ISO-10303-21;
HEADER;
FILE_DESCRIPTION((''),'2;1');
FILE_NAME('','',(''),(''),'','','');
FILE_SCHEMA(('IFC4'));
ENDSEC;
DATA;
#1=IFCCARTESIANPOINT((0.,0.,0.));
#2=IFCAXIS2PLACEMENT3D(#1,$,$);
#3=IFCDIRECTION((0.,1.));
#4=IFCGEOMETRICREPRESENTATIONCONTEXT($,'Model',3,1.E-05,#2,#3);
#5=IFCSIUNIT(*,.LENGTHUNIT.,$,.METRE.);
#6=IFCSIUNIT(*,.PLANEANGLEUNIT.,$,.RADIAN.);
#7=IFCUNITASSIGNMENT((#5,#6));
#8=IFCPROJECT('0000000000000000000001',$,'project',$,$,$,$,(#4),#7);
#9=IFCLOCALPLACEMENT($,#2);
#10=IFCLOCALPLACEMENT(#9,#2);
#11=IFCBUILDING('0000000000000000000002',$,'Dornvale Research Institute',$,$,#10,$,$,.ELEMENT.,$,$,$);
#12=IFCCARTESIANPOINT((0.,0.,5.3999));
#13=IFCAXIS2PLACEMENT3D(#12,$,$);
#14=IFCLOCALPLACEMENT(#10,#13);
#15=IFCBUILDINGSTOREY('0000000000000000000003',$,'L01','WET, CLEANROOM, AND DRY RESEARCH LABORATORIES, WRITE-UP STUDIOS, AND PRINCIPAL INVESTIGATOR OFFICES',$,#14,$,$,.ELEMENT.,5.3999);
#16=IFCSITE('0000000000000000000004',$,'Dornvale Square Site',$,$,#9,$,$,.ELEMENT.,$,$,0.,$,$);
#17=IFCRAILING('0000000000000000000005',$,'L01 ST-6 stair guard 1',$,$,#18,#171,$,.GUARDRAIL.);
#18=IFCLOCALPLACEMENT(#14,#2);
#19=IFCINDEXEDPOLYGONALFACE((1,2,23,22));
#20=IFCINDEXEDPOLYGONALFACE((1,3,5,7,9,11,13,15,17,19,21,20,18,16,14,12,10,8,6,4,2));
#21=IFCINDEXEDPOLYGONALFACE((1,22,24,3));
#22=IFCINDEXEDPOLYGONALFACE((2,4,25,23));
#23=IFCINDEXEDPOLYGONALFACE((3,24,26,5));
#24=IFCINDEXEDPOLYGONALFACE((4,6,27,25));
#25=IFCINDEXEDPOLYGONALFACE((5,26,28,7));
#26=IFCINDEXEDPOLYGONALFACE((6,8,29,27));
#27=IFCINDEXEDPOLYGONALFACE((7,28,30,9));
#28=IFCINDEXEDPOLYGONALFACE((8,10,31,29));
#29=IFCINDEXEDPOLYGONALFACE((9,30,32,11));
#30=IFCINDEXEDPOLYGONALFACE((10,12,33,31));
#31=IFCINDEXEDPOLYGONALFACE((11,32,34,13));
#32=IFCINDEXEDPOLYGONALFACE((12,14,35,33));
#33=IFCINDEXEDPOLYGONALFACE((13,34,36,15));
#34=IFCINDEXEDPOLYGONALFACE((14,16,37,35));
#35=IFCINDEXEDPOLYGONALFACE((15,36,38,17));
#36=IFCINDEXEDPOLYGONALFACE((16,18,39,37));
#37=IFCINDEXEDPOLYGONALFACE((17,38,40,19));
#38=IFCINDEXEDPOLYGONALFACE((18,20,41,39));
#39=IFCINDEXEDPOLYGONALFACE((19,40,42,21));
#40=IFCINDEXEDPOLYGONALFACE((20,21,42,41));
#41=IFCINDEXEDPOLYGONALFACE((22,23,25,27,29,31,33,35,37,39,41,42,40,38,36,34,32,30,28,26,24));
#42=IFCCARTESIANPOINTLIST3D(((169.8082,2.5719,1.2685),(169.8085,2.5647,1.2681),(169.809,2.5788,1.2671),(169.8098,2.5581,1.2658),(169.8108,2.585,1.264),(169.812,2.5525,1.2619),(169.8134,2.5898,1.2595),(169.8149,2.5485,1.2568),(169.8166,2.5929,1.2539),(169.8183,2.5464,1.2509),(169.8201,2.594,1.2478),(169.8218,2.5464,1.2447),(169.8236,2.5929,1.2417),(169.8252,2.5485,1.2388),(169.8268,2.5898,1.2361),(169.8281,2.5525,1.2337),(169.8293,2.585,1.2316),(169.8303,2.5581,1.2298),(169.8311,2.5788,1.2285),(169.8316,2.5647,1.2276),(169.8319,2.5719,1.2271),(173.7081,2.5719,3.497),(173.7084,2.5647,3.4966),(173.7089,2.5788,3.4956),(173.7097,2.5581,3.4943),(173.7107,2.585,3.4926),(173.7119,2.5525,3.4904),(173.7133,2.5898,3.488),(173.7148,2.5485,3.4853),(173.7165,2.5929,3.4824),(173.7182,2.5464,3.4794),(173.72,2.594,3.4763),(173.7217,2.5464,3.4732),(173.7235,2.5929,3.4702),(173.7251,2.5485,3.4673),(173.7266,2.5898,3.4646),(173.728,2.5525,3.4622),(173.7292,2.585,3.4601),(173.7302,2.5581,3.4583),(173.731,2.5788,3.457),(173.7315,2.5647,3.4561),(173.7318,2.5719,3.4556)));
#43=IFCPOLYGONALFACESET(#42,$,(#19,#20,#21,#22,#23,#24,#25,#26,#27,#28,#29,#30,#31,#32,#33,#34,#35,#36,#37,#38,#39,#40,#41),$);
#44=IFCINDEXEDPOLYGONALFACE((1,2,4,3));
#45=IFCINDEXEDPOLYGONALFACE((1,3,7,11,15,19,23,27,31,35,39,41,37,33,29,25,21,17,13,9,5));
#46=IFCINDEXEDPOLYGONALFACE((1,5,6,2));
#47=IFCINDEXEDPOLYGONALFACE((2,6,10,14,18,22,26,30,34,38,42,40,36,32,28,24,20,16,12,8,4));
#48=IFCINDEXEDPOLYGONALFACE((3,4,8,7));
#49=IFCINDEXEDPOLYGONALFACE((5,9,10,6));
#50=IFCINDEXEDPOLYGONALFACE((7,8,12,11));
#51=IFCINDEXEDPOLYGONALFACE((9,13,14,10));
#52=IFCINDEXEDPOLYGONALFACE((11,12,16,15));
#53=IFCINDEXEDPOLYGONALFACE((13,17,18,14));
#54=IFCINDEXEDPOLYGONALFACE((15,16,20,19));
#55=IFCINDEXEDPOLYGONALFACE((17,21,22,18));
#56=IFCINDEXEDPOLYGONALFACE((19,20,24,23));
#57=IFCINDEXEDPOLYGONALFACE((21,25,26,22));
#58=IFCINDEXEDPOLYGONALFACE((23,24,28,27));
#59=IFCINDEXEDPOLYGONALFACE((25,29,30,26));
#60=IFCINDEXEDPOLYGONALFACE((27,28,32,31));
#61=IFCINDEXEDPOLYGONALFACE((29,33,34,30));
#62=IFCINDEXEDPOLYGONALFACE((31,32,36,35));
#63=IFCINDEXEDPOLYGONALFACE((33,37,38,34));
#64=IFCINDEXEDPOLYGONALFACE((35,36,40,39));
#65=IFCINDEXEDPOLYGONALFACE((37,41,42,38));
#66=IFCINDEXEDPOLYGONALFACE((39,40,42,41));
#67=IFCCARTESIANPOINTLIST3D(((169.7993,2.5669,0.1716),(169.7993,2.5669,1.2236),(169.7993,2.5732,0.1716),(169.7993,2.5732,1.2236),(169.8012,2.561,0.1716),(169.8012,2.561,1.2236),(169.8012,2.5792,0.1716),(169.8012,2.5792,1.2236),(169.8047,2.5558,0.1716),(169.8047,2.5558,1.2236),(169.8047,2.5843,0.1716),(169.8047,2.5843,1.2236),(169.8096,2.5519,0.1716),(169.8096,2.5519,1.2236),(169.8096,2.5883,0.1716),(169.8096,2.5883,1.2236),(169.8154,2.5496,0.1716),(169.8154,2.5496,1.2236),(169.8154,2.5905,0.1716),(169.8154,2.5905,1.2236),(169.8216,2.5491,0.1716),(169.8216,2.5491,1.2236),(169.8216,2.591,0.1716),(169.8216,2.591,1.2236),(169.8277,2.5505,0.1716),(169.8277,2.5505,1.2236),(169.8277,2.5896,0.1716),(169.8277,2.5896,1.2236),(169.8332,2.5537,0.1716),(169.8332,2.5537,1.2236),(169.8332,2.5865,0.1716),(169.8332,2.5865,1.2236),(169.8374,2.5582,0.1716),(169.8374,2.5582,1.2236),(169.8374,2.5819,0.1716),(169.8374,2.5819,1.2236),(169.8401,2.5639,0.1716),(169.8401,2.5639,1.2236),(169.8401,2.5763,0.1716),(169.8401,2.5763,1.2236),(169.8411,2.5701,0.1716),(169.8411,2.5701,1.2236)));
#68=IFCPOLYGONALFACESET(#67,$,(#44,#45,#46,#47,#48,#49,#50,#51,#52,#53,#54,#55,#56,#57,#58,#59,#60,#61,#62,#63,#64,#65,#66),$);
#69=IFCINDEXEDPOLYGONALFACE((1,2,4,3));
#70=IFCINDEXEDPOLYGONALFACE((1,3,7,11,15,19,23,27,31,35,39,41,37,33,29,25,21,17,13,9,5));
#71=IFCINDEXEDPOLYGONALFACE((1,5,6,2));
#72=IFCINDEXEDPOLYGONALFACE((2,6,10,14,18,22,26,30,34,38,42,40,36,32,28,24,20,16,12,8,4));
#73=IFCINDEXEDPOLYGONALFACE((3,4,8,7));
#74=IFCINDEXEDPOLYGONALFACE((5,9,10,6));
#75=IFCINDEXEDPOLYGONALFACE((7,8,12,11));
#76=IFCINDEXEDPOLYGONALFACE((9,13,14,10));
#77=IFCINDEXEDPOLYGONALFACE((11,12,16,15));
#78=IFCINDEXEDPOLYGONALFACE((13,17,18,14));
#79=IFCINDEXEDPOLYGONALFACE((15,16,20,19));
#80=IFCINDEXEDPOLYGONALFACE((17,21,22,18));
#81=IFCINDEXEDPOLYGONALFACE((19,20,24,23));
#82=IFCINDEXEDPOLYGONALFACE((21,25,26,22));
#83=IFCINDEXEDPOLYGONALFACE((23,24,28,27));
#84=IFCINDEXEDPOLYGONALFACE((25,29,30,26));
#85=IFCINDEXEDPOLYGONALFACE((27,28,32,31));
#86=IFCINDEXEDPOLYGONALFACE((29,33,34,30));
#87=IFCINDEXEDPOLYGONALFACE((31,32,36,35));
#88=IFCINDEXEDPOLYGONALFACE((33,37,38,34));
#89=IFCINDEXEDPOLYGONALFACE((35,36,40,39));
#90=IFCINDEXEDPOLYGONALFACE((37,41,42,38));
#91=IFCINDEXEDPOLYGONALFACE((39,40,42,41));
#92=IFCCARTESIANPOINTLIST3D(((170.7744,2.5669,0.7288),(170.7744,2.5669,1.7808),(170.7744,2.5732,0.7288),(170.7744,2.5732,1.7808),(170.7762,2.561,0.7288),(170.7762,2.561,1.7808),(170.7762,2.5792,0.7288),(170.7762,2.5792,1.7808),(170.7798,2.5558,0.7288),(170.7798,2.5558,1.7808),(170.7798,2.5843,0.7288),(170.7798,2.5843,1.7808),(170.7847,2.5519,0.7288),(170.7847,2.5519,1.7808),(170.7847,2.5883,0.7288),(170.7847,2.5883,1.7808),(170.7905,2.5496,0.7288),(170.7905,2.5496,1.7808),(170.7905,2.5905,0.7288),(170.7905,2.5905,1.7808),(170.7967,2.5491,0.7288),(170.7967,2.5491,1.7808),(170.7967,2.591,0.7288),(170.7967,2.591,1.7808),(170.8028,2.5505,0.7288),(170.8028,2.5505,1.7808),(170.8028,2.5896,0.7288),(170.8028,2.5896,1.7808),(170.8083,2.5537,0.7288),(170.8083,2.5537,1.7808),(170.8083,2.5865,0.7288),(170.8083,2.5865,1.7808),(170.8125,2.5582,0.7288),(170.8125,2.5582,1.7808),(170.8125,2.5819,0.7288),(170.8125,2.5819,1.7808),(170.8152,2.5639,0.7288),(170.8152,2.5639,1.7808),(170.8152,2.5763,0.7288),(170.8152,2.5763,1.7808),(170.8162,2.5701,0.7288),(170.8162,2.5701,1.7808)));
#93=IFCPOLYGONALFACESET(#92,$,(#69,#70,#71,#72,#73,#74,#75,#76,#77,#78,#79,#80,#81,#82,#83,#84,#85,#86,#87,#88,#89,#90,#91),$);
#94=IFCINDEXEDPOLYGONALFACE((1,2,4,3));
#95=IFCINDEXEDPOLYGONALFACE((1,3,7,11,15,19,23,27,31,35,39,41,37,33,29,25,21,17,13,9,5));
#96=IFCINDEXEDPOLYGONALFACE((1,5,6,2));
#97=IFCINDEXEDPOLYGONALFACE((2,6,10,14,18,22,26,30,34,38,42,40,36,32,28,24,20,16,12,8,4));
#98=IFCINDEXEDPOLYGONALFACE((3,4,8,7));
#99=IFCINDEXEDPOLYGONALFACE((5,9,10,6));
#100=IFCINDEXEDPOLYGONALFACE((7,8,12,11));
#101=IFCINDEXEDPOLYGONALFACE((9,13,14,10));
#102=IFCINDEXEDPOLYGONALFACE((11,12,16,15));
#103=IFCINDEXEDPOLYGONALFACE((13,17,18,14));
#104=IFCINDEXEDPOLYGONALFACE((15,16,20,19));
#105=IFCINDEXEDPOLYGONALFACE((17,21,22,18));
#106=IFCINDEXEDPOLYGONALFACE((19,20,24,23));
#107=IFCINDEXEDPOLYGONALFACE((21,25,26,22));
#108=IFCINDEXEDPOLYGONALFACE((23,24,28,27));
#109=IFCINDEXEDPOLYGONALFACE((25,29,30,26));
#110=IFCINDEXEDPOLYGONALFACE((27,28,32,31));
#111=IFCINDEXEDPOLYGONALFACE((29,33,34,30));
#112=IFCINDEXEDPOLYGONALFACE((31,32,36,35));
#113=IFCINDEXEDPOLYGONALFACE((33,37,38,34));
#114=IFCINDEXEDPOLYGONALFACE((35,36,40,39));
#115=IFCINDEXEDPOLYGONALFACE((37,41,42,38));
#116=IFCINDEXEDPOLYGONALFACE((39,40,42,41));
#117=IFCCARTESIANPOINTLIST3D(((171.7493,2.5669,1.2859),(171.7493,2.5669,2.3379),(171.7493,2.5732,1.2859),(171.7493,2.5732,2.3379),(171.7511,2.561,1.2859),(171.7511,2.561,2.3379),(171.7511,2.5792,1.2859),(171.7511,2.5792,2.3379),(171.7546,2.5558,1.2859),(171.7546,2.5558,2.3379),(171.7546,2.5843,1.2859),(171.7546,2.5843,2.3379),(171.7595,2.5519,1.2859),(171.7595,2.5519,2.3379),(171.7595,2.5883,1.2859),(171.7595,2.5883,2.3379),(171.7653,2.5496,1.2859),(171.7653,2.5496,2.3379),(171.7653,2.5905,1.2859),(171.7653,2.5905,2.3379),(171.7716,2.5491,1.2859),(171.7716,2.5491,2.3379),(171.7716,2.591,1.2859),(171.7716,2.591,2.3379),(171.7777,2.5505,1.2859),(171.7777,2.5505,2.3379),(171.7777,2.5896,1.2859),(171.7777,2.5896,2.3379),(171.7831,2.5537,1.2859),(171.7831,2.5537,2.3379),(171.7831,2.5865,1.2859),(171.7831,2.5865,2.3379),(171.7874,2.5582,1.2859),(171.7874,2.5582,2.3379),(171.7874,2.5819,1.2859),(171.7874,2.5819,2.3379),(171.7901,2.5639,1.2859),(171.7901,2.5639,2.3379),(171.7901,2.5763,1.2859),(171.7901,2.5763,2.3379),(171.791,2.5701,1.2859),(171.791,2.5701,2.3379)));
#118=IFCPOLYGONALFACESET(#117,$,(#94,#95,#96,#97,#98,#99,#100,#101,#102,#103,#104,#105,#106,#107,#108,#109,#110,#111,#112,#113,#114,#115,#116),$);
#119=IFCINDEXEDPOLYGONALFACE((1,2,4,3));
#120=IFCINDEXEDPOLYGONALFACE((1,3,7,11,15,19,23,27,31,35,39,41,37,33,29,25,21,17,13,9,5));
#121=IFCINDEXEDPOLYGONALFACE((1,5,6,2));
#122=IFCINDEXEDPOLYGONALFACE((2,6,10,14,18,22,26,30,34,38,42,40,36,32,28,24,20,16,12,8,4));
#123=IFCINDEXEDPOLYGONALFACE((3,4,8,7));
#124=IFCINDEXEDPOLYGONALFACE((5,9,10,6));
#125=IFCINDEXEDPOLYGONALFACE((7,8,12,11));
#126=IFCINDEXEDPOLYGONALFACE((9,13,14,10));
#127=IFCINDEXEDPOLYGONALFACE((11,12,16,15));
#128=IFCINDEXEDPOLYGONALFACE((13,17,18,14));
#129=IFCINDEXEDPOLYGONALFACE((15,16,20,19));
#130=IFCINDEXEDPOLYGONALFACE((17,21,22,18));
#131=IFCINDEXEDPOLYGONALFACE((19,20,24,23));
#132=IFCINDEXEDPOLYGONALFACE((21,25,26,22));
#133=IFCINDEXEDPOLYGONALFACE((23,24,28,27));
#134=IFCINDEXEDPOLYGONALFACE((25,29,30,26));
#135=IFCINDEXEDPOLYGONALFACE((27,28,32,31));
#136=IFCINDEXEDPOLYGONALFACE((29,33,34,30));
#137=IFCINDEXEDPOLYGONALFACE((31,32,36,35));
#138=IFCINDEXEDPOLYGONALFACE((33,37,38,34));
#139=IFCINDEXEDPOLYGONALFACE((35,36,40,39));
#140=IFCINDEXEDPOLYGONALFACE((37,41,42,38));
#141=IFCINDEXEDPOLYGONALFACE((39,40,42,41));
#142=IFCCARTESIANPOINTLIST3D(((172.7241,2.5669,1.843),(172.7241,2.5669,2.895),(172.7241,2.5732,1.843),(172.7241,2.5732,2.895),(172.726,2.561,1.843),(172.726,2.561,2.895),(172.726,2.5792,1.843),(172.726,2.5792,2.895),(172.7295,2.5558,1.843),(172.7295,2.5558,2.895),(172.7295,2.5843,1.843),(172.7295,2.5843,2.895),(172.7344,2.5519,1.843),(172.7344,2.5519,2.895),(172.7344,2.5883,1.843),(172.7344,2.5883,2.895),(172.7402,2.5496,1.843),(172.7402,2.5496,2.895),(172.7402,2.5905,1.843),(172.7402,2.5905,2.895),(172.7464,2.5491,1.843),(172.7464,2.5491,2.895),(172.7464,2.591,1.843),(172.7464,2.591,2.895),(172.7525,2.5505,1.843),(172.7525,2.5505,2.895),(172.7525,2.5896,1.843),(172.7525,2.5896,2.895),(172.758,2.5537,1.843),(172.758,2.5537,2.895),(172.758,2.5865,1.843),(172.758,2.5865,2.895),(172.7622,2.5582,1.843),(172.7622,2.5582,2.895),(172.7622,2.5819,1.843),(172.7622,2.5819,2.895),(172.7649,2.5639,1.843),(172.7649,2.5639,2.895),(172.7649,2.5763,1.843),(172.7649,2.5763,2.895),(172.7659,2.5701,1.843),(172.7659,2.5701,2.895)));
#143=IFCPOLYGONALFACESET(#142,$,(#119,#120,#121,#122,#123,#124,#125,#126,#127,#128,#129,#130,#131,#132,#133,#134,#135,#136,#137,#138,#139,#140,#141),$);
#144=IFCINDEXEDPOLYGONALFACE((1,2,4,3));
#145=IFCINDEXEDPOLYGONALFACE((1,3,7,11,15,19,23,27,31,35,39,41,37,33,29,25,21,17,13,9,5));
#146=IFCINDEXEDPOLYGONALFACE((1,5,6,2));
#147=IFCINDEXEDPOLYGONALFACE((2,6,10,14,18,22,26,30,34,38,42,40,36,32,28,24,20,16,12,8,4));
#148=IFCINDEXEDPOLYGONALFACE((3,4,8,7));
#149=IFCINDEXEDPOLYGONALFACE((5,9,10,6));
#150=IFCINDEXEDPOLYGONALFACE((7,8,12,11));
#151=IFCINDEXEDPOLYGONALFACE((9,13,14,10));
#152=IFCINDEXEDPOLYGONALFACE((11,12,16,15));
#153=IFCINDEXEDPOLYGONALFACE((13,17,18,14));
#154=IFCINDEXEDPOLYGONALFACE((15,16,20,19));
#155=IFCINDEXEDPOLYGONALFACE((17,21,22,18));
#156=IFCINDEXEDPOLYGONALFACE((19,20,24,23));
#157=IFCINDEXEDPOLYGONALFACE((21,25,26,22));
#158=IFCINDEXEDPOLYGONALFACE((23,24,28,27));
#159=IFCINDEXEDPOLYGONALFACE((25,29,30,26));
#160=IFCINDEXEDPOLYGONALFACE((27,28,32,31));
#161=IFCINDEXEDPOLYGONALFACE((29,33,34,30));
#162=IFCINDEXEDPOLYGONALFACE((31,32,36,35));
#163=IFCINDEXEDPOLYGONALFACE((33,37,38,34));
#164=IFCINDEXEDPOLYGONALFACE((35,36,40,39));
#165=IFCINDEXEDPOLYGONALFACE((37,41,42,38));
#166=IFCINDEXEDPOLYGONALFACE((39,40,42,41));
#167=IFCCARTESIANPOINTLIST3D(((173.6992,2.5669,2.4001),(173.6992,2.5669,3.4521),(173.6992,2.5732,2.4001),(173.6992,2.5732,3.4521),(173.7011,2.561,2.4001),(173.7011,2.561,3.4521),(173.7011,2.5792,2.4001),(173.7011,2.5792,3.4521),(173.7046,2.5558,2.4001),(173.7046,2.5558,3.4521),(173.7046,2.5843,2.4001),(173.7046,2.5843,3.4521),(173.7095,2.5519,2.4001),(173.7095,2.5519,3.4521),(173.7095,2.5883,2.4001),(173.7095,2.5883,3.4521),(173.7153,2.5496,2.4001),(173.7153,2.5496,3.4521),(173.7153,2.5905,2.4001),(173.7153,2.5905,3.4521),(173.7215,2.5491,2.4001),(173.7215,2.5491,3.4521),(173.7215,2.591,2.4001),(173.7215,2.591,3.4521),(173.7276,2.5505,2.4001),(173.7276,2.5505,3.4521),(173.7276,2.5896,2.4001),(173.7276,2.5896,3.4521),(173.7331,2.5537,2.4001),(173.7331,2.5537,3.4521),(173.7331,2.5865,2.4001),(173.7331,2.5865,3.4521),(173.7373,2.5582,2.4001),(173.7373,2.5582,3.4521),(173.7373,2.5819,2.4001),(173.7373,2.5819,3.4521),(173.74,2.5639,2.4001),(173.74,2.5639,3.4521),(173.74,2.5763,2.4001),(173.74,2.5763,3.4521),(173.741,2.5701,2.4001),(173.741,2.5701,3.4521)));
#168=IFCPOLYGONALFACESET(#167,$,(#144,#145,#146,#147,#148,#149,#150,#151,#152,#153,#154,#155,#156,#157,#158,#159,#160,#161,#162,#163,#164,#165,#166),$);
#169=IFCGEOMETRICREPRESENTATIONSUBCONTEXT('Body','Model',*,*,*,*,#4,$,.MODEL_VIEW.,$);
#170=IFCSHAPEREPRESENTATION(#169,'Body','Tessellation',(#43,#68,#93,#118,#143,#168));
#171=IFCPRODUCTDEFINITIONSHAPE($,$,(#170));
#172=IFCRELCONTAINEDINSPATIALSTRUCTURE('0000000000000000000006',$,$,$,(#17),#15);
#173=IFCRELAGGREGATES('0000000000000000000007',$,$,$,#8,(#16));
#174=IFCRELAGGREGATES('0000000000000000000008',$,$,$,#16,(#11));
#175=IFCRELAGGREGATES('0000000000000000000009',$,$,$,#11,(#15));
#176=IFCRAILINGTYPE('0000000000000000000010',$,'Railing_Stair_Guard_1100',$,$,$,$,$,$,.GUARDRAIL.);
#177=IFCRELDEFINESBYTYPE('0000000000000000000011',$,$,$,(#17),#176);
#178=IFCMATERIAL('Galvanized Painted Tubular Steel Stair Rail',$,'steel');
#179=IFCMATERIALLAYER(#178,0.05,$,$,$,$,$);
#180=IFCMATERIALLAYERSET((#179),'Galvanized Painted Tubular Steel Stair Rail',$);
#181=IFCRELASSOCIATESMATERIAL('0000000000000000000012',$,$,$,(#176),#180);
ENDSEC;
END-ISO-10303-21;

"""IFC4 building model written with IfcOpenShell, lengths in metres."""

from ifc_helpers import new_model, si_unit, direction, frame, origin, origin_2d, place, context, subcontext, project, spatial, circle, extrude, material, layer, layer_set, type_object, element, save


model = new_model("IFC4")

# Units and contexts
model_context = context("Model", 3, precision=1e-05, world=origin(), true_north=direction((0.0, 1.0)))
body_context = subcontext(model_context, "Body", "Model", "MODEL_VIEW")
ifc_project = project(units=[si_unit("LENGTHUNIT", "METRE"), si_unit("PLANEANGLEUNIT", "RADIAN")], contexts=[model_context])

# Site, building, storey
site_placement = place(None, origin())
site = spatial("IfcSite", under=ifc_project, at=site_placement, Name="Dornvale Square Site", CompositionType="ELEMENT", RefElevation=0.0)
building_placement = place(site_placement, origin())
building = spatial("IfcBuilding", under=site, at=building_placement, Name="Dornvale Research Institute", CompositionType="ELEMENT")
storey_placement = place(building_placement, frame((0.0, 0.0, 5.3999)))
storey = spatial("IfcBuildingStorey", under=building, at=storey_placement, Name="L01", Description="WET, CLEANROOM, AND DRY RESEARCH LABORATORIES, WRITE-UP STUDIOS, AND PRINCIPAL INVESTIGATOR OFFICES", CompositionType="ELEMENT", Elevation=5.3999)

# Railing
ifc_material_1 = material(Name="Galvanized Painted Tubular Steel Stair Rail", Category="steel")
ifc_layer_1 = layer(ifc_material_1, 0.05)
ifc_layer_set_1 = layer_set([ifc_layer_1], Name="Galvanized Painted Tubular Steel Stair Rail")
railing_type_1 = type_object("IfcRailingType", Name="Railing_Stair_Guard_1100", PredefinedType="GUARDRAIL", material=ifc_layer_set_1)
railing_1_placement = place(storey_placement, frame((169.8201, 2.5701, 0.1716)))
element("IfcRailing", 1, at=railing_1_placement, inside=storey, type_object=railing_type_1, Name="L01 ST-6 stair guard 1", PredefinedType="GUARDRAIL", context=body_context, shape_type="SweptSolid", body=[
    extrude(circle(Radius=0.0239, at=origin_2d()), frame((0.0, 0.0, 1.0762), z_axis=(0.868243, 0.0, 0.496139), x_axis=(0.0, 1.0, 0.0)), (0.0, 0.0, 1.0), 4.4917),
    extrude(circle(Radius=0.021, at=origin_2d()), origin(), (0.0, 0.0, 1.0), 1.052),
    extrude(circle(Radius=0.021, at=origin_2d()), frame((0.9751, 0.0, 0.5571)), (0.0, 0.0, 1.0), 1.052),
    extrude(circle(Radius=0.021, at=origin_2d()), frame((1.95, 0.0, 1.1143)), (0.0, 0.0, 1.0), 1.052),
    extrude(circle(Radius=0.021, at=origin_2d()), frame((2.9248, 0.0, 1.6714)), (0.0, 0.0, 1.0), 1.052),
    extrude(circle(Radius=0.021, at=origin_2d()), frame((3.8999, 0.0, 2.2285)), (0.0, 0.0, 1.0), 1.052),
])

save(model, "model.ifc")
